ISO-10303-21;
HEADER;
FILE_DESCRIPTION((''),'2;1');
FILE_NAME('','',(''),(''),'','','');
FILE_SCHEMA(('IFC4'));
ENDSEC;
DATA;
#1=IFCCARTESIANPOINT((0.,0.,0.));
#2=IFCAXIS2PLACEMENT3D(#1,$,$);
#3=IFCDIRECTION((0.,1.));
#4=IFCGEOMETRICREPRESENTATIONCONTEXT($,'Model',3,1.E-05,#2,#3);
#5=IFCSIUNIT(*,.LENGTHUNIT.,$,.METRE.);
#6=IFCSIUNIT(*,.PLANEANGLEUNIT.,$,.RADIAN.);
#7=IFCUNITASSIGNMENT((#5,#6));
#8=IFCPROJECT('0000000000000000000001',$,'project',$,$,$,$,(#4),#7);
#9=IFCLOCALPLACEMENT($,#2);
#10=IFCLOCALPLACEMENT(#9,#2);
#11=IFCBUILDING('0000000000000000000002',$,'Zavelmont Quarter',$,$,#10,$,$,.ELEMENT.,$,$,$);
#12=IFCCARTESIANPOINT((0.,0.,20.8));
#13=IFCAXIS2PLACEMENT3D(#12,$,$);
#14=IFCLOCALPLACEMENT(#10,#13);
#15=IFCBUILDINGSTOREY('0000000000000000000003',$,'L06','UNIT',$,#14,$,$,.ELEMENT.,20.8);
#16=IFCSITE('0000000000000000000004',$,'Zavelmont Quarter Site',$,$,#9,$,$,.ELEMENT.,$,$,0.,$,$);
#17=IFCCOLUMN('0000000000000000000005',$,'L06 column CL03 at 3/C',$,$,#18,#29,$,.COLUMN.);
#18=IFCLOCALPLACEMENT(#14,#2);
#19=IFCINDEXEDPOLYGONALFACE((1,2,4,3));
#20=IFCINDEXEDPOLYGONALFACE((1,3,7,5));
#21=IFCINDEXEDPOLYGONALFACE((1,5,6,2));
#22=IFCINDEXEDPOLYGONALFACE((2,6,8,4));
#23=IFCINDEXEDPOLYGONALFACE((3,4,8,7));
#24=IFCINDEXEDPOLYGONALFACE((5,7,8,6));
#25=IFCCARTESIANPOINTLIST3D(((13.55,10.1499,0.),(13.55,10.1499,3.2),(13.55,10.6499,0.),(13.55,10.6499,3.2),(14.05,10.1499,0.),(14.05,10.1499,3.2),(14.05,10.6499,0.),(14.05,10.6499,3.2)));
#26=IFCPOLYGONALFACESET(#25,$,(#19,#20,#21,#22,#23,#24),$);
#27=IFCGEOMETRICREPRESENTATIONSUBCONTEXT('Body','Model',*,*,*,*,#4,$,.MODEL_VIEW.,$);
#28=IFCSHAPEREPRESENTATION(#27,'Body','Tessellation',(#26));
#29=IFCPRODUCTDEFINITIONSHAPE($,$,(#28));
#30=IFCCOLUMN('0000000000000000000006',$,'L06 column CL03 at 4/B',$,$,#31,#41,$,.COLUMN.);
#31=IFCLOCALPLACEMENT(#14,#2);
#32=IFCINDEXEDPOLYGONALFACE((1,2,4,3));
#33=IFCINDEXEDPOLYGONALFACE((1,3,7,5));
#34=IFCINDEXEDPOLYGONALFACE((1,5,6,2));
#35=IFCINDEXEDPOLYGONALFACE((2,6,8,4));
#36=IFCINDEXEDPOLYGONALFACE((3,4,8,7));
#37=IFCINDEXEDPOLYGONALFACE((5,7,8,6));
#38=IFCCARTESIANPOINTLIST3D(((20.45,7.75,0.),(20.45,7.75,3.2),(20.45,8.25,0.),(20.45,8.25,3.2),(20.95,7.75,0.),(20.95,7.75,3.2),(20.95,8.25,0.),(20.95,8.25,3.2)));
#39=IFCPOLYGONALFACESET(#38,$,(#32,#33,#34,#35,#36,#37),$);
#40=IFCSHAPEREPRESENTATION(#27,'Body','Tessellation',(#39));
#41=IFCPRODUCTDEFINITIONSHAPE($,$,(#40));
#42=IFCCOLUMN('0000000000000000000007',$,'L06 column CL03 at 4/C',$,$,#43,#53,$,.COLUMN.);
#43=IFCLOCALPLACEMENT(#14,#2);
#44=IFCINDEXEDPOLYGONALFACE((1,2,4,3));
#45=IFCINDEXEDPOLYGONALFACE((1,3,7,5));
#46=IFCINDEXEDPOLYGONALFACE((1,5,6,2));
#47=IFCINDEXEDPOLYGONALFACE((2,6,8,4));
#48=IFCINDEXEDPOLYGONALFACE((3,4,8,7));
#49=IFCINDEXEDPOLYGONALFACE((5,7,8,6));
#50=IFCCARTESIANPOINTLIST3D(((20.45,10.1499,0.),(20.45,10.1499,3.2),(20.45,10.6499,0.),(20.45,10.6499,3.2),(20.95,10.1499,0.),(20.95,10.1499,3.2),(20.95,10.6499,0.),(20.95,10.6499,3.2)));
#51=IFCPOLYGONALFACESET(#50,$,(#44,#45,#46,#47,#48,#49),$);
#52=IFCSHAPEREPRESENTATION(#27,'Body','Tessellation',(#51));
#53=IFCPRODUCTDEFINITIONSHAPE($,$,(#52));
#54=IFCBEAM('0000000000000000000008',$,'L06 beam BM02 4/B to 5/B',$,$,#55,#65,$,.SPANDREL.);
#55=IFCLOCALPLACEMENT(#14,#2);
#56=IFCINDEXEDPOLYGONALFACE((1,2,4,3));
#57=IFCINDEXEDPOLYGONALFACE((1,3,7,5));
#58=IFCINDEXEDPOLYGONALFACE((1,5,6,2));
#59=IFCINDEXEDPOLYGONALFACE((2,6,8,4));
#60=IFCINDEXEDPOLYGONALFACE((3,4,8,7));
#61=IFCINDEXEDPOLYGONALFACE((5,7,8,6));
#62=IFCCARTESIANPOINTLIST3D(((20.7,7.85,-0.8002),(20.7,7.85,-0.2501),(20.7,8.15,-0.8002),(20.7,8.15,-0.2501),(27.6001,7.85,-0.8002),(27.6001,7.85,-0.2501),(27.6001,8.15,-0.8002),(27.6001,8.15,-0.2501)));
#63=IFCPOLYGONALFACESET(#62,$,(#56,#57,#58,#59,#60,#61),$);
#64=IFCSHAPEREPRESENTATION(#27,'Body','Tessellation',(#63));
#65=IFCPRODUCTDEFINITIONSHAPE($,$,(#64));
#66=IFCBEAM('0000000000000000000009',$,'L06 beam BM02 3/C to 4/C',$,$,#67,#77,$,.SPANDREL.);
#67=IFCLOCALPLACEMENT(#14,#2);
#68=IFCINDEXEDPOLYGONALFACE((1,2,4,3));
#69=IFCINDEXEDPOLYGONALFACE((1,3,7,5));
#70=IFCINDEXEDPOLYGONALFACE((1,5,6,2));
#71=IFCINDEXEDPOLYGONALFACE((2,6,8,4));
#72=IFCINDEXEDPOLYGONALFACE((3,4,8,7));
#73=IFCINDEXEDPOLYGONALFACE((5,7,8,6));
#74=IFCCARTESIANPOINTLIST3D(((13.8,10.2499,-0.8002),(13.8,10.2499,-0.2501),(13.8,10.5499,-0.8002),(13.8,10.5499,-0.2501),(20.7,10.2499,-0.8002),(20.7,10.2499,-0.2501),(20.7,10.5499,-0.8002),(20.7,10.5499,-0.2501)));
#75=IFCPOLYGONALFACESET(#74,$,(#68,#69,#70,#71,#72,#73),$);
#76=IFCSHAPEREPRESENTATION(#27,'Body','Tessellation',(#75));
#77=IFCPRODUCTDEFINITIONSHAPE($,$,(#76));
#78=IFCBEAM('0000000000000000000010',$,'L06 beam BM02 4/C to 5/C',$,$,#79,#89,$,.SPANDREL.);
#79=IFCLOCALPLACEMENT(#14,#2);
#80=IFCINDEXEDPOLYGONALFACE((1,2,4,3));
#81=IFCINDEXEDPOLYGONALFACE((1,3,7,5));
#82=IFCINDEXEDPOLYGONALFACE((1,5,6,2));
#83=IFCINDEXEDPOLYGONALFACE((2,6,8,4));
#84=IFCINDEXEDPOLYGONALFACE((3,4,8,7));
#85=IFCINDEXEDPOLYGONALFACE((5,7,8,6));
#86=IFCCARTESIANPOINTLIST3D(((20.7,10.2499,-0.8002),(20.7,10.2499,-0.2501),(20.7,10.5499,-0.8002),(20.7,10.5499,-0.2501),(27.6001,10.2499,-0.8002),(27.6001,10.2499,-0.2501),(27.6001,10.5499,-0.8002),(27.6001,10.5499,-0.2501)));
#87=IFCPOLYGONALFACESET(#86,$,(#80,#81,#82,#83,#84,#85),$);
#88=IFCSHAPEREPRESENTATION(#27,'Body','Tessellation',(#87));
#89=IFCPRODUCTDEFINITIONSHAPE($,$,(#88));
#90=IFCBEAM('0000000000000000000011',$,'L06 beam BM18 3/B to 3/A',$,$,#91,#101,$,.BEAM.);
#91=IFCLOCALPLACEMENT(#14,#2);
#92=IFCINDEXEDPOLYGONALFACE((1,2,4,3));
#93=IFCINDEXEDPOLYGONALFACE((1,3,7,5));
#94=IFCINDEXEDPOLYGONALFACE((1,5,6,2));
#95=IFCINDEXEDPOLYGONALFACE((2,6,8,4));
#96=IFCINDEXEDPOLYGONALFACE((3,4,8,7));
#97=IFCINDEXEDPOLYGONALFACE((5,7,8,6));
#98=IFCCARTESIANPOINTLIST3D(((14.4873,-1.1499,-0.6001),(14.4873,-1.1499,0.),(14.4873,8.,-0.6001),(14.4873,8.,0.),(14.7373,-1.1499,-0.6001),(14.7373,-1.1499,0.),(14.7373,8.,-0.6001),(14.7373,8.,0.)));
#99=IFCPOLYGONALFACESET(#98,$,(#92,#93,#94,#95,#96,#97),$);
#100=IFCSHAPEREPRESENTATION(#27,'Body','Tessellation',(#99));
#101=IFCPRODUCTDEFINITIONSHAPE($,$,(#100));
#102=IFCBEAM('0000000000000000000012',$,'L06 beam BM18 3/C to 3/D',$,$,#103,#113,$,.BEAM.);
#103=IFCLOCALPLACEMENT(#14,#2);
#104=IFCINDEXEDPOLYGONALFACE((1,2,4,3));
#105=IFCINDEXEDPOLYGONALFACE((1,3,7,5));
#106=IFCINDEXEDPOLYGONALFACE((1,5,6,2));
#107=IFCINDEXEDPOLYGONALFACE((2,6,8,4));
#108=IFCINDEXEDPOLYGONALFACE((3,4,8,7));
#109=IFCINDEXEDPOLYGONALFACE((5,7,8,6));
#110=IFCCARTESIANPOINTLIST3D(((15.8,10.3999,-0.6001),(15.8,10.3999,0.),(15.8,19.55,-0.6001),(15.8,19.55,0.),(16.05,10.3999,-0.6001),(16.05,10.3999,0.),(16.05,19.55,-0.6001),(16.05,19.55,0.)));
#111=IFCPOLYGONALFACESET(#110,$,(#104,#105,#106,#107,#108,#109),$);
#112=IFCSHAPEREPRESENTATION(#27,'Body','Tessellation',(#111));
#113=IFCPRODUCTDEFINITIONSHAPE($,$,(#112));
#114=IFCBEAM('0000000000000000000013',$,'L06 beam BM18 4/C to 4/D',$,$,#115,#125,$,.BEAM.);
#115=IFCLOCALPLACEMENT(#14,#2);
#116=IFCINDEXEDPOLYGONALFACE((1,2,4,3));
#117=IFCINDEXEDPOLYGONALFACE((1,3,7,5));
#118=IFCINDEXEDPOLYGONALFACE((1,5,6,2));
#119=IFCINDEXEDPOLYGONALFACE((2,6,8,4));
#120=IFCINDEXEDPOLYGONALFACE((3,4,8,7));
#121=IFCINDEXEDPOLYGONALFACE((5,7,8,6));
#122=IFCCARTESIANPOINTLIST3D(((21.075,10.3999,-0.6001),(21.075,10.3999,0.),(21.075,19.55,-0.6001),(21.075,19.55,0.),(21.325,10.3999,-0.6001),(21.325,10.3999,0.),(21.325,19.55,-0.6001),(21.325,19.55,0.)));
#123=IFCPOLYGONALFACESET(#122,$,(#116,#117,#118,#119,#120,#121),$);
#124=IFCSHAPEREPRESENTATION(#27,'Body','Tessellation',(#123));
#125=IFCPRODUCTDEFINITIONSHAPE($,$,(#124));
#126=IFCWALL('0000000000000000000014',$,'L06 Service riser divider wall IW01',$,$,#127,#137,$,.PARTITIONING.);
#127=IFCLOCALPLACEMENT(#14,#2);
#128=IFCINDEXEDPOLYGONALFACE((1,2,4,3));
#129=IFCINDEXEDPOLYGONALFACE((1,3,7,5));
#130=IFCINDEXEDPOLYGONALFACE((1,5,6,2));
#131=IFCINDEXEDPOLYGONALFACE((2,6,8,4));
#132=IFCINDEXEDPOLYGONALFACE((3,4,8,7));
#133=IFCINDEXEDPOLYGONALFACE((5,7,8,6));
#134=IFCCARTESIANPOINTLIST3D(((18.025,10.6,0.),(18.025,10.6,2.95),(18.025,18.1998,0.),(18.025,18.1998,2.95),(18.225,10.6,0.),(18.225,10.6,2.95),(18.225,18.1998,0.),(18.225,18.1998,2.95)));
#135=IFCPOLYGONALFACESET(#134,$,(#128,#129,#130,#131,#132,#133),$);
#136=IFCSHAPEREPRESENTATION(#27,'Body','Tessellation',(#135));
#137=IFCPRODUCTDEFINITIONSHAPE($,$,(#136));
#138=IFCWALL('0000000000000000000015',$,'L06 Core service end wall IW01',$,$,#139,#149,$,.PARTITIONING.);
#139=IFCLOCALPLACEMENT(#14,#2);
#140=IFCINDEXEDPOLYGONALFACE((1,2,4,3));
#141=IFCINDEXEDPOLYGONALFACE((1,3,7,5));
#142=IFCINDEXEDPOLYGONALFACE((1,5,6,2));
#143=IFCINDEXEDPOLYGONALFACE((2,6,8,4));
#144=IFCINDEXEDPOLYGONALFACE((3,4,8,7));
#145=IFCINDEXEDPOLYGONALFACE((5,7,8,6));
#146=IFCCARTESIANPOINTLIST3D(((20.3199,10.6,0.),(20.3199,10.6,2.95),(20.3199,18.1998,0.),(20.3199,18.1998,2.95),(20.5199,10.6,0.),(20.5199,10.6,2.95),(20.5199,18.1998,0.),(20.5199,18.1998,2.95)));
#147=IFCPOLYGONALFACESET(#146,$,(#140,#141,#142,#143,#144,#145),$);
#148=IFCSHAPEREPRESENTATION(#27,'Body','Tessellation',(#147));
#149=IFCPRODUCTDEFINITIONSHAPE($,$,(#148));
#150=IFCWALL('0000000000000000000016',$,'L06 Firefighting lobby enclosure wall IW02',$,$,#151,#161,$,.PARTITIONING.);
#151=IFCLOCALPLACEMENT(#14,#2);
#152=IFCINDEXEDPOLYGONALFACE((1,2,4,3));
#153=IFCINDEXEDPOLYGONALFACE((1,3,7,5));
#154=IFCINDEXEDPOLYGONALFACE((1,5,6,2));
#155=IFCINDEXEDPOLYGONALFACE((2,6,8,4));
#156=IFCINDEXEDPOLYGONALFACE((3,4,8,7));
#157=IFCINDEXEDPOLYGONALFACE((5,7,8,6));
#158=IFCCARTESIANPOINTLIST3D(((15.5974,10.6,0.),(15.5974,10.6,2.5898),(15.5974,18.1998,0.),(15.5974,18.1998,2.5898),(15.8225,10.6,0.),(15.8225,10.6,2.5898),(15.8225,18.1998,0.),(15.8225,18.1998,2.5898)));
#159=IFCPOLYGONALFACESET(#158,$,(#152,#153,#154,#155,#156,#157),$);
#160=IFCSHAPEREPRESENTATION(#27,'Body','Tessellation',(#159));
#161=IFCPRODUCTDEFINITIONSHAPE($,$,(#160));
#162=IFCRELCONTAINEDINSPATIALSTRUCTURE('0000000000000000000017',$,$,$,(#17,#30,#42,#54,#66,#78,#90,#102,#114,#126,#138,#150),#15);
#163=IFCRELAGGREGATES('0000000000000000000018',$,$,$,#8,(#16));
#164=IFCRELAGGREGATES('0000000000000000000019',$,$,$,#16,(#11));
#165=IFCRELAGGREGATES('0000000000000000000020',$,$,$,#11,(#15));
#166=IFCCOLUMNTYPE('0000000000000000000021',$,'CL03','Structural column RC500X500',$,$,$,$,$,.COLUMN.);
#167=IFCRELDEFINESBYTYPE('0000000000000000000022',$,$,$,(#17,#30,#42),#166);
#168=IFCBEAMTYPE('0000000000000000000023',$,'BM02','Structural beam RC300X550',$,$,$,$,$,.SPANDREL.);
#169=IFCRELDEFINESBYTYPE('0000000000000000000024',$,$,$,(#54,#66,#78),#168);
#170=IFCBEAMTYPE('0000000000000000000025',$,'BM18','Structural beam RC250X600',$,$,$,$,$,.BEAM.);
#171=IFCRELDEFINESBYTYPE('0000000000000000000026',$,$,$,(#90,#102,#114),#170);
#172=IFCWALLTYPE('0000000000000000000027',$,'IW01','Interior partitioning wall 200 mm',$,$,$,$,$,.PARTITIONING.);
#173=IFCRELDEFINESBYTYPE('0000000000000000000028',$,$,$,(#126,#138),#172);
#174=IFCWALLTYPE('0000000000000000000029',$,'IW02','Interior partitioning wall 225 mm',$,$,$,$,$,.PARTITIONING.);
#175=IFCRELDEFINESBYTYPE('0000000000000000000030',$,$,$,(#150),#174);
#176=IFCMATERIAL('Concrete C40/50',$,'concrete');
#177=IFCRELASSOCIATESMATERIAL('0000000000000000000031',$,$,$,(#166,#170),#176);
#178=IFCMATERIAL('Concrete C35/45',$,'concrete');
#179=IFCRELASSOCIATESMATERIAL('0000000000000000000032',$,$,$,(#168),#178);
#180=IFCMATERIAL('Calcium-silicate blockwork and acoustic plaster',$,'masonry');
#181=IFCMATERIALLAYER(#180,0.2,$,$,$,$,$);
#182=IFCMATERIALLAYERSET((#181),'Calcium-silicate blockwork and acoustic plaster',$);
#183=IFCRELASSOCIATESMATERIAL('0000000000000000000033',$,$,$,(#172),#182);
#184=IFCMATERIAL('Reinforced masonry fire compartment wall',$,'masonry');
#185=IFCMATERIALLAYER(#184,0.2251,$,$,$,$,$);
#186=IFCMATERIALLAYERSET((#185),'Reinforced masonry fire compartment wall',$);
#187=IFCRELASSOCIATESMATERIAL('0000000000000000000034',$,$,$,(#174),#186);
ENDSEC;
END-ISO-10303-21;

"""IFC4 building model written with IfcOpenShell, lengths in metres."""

from ifc_helpers import new_model, si_unit, direction, frame, frame_2d, origin, origin_2d, place, context, subcontext, project, spatial, rectangle, extrude, material, layer, layer_set, material_profile, profile_set, type_object, element, save


model = new_model("IFC4")

# Units and contexts
model_context = context("Model", 3, precision=1e-05, world=origin(), true_north=direction((0.0, 1.0)))
body_context = subcontext(model_context, "Body", "Model", "MODEL_VIEW")
ifc_project = project(units=[si_unit("LENGTHUNIT", "METRE"), si_unit("PLANEANGLEUNIT", "RADIAN")], contexts=[model_context])

# Site, building, storey
site_placement = place(None, origin())
site = spatial("IfcSite", under=ifc_project, at=site_placement, Name="Zavelmont Quarter Site", CompositionType="ELEMENT", RefElevation=0.0)
building_placement = place(site_placement, origin())
building = spatial("IfcBuilding", under=site, at=building_placement, Name="Zavelmont Quarter", CompositionType="ELEMENT")
storey_placement = place(building_placement, frame((0.0, 0.0, 20.8)))
storey = spatial("IfcBuildingStorey", under=building, at=storey_placement, Name="L06", Description="UNIT", CompositionType="ELEMENT", Elevation=20.8)

# Columns
ifc_material_1 = material(Name="Concrete C40/50", Category="concrete")
ifc_material_profile_1 = material_profile(ifc_material_1, rectangle(XDim=0.5, YDim=0.5, at=origin_2d()), Name="RC500X500")
ifc_profile_set_1 = profile_set([ifc_material_profile_1], Name="Concrete C40/50")
column_type = type_object("IfcColumnType", Name="CL03", Description="Structural column RC500X500", PredefinedType="COLUMN", material=ifc_profile_set_1)
for number, where, z_axis, x_axis, name in (
    (1, (13.8, 10.3999, 0.0), (0.0, 0.0, 1.0), (1.0, 0.0, 0.0), "L06 column CL03 at 3/C"),
    (2, (20.7, 8.0, 0.0), (0.0, 0.0, 1.0), (1.0, 0.0, 0.0), "L06 column CL03 at 4/B"),
    (3, (20.7, 10.3999, 0.0), (0.0, 0.0, 1.0), (1.0, 0.0, 0.0), "L06 column CL03 at 4/C"),
):
    element("IfcColumn", number, at=place(storey_placement, frame(where, z_axis=z_axis, x_axis=x_axis)), inside=storey, type_object=column_type, Name=name, PredefinedType="COLUMN", context=body_context, shape_type="SweptSolid", body=[
        extrude(rectangle(XDim=0.5, YDim=0.5, at=origin_2d()), origin(), (0.0, 0.0, 1.0), 3.2),
    ])

# Beams
ifc_material_2 = material(Name="Concrete C35/45", Category="concrete")
ifc_material_profile_2 = material_profile(ifc_material_2, rectangle(XDim=0.3, YDim=0.55, at=origin_2d()), Name="RC300X550")
ifc_profile_set_2 = profile_set([ifc_material_profile_2], Name="Concrete C35/45")
beam_type_1 = type_object("IfcBeamType", Name="BM02", Description="Structural beam RC300X550", PredefinedType="SPANDREL", material=ifc_profile_set_2)
beam_1_placement = place(storey_placement, frame((20.7, 8.0, -0.5251), z_axis=(1.0, 0.0, 0.0), x_axis=(0.0, 1.0, 0.0)))
element("IfcBeam", 4, at=beam_1_placement, inside=storey, type_object=beam_type_1, Name="L06 beam BM02 4/B to 5/B", PredefinedType="SPANDREL", context=body_context, shape_type="SweptSolid", body=[
    extrude(rectangle(XDim=0.3, YDim=0.55, at=origin_2d()), origin(), (0.0, 0.0, 1.0), 6.9001),
])
beam_2_placement = place(storey_placement, frame((13.8, 10.3999, -0.5251), z_axis=(1.0, 0.0, 0.0), x_axis=(0.0, 1.0, 0.0)))
element("IfcBeam", 5, at=beam_2_placement, inside=storey, type_object=beam_type_1, Name="L06 beam BM02 3/C to 4/C", PredefinedType="SPANDREL", context=body_context, shape_type="SweptSolid", body=[
    extrude(rectangle(XDim=0.3, YDim=0.55, at=origin_2d()), origin(), (0.0, 0.0, 1.0), 6.8999),
])
beam_3_placement = place(storey_placement, frame((20.7, 10.3999, -0.5251), z_axis=(1.0, 0.0, 0.0), x_axis=(0.0, 1.0, 0.0)))
element("IfcBeam", 6, at=beam_3_placement, inside=storey, type_object=beam_type_1, Name="L06 beam BM02 4/C to 5/C", PredefinedType="SPANDREL", context=body_context, shape_type="SweptSolid", body=[
    extrude(rectangle(XDim=0.3, YDim=0.55, at=origin_2d()), origin(), (0.0, 0.0, 1.0), 6.9001),
])
ifc_material_profile_3 = material_profile(ifc_material_1, rectangle(XDim=0.25, YDim=0.6001, at=origin_2d()), Name="RC250X600")
ifc_profile_set_3 = profile_set([ifc_material_profile_3], Name="Concrete C40/50")
beam_type_2 = type_object("IfcBeamType", Name="BM18", Description="Structural beam RC250X600", PredefinedType="BEAM", material=ifc_profile_set_3)
beam_4_placement = place(storey_placement, frame((14.6123, 8.0, -0.3), z_axis=(0.0, -1.0, 0.0), x_axis=(1.0, 0.0, 0.0)))
element("IfcBeam", 7, at=beam_4_placement, inside=storey, type_object=beam_type_2, Name="L06 beam BM18 3/B to 3/A", PredefinedType="BEAM", context=body_context, shape_type="SweptSolid", body=[
    extrude(rectangle(XDim=0.25, YDim=0.6001, at=origin_2d()), origin(), (0.0, 0.0, 1.0), 9.1499),
])
for number, where, z_axis, x_axis, name in (
    (8, (15.925, 10.3999, -0.3), (0.0, 1.0, 0.0), (-1.0, 0.0, 0.0), "L06 beam BM18 3/C to 3/D"),
    (9, (21.2, 10.3999, -0.3), (0.0, 1.0, 0.0), (-1.0, 0.0, 0.0), "L06 beam BM18 4/C to 4/D"),
):
    element("IfcBeam", number, at=place(storey_placement, frame(where, z_axis=z_axis, x_axis=x_axis)), inside=storey, type_object=beam_type_2, Name=name, PredefinedType="BEAM", context=body_context, shape_type="SweptSolid", body=[
        extrude(rectangle(XDim=0.25, YDim=0.6001, at=origin_2d()), origin(), (0.0, 0.0, 1.0), 9.1501),
    ])

# Walls
ifc_material_3 = material(Name="Calcium-silicate blockwork and acoustic plaster", Category="masonry")
ifc_layer_1 = layer(ifc_material_3, 0.2)
ifc_layer_set_1 = layer_set([ifc_layer_1], Name="Calcium-silicate blockwork and acoustic plaster")
wall_type_1 = type_object("IfcWallType", Name="IW01", Description="Interior partitioning wall 200 mm", PredefinedType="PARTITIONING", material=ifc_layer_set_1)
for number, where, z_axis, x_axis, name in (
    (10, (18.125, 10.6001, 0.0), (0.0, 0.0, 1.0), (0.0, 1.0, 0.0), "L06 Service riser divider wall IW01"),
    (11, (20.4199, 10.6001, 0.0), (0.0, 0.0, 1.0), (0.0, 1.0, 0.0), "L06 Core service end wall IW01"),
):
    element("IfcWall", number, at=place(storey_placement, frame(where, z_axis=z_axis, x_axis=x_axis)), inside=storey, type_object=wall_type_1, Name=name, PredefinedType="PARTITIONING", context=body_context, shape_type="SweptSolid", body=[
        extrude(rectangle(XDim=7.5999, YDim=0.2, at=frame_2d((3.7998, 0.0))), origin(), (0.0, 0.0, 1.0), 2.95),
    ])

# Wall
ifc_material_4 = material(Name="Reinforced masonry fire compartment wall", Category="masonry")
ifc_layer_2 = layer(ifc_material_4, 0.2251)
ifc_layer_set_2 = layer_set([ifc_layer_2], Name="Reinforced masonry fire compartment wall")
wall_type_2 = type_object("IfcWallType", Name="IW02", Description="Interior partitioning wall 225 mm", PredefinedType="PARTITIONING", material=ifc_layer_set_2)
wall_1_placement = place(storey_placement, frame((15.71, 10.6001, 0.0), z_axis=(0.0, 0.0, 1.0), x_axis=(0.0, 1.0, 0.0)))
element("IfcWall", 12, at=wall_1_placement, inside=storey, type_object=wall_type_2, Name="L06 Firefighting lobby enclosure wall IW02", PredefinedType="PARTITIONING", context=body_context, shape_type="SweptSolid", body=[
    extrude(rectangle(XDim=7.5999, YDim=0.2251, at=frame_2d((3.7998, 0.0))), origin(), (0.0, 0.0, 1.0), 2.5898),
])

save(model, "model.ifc")
